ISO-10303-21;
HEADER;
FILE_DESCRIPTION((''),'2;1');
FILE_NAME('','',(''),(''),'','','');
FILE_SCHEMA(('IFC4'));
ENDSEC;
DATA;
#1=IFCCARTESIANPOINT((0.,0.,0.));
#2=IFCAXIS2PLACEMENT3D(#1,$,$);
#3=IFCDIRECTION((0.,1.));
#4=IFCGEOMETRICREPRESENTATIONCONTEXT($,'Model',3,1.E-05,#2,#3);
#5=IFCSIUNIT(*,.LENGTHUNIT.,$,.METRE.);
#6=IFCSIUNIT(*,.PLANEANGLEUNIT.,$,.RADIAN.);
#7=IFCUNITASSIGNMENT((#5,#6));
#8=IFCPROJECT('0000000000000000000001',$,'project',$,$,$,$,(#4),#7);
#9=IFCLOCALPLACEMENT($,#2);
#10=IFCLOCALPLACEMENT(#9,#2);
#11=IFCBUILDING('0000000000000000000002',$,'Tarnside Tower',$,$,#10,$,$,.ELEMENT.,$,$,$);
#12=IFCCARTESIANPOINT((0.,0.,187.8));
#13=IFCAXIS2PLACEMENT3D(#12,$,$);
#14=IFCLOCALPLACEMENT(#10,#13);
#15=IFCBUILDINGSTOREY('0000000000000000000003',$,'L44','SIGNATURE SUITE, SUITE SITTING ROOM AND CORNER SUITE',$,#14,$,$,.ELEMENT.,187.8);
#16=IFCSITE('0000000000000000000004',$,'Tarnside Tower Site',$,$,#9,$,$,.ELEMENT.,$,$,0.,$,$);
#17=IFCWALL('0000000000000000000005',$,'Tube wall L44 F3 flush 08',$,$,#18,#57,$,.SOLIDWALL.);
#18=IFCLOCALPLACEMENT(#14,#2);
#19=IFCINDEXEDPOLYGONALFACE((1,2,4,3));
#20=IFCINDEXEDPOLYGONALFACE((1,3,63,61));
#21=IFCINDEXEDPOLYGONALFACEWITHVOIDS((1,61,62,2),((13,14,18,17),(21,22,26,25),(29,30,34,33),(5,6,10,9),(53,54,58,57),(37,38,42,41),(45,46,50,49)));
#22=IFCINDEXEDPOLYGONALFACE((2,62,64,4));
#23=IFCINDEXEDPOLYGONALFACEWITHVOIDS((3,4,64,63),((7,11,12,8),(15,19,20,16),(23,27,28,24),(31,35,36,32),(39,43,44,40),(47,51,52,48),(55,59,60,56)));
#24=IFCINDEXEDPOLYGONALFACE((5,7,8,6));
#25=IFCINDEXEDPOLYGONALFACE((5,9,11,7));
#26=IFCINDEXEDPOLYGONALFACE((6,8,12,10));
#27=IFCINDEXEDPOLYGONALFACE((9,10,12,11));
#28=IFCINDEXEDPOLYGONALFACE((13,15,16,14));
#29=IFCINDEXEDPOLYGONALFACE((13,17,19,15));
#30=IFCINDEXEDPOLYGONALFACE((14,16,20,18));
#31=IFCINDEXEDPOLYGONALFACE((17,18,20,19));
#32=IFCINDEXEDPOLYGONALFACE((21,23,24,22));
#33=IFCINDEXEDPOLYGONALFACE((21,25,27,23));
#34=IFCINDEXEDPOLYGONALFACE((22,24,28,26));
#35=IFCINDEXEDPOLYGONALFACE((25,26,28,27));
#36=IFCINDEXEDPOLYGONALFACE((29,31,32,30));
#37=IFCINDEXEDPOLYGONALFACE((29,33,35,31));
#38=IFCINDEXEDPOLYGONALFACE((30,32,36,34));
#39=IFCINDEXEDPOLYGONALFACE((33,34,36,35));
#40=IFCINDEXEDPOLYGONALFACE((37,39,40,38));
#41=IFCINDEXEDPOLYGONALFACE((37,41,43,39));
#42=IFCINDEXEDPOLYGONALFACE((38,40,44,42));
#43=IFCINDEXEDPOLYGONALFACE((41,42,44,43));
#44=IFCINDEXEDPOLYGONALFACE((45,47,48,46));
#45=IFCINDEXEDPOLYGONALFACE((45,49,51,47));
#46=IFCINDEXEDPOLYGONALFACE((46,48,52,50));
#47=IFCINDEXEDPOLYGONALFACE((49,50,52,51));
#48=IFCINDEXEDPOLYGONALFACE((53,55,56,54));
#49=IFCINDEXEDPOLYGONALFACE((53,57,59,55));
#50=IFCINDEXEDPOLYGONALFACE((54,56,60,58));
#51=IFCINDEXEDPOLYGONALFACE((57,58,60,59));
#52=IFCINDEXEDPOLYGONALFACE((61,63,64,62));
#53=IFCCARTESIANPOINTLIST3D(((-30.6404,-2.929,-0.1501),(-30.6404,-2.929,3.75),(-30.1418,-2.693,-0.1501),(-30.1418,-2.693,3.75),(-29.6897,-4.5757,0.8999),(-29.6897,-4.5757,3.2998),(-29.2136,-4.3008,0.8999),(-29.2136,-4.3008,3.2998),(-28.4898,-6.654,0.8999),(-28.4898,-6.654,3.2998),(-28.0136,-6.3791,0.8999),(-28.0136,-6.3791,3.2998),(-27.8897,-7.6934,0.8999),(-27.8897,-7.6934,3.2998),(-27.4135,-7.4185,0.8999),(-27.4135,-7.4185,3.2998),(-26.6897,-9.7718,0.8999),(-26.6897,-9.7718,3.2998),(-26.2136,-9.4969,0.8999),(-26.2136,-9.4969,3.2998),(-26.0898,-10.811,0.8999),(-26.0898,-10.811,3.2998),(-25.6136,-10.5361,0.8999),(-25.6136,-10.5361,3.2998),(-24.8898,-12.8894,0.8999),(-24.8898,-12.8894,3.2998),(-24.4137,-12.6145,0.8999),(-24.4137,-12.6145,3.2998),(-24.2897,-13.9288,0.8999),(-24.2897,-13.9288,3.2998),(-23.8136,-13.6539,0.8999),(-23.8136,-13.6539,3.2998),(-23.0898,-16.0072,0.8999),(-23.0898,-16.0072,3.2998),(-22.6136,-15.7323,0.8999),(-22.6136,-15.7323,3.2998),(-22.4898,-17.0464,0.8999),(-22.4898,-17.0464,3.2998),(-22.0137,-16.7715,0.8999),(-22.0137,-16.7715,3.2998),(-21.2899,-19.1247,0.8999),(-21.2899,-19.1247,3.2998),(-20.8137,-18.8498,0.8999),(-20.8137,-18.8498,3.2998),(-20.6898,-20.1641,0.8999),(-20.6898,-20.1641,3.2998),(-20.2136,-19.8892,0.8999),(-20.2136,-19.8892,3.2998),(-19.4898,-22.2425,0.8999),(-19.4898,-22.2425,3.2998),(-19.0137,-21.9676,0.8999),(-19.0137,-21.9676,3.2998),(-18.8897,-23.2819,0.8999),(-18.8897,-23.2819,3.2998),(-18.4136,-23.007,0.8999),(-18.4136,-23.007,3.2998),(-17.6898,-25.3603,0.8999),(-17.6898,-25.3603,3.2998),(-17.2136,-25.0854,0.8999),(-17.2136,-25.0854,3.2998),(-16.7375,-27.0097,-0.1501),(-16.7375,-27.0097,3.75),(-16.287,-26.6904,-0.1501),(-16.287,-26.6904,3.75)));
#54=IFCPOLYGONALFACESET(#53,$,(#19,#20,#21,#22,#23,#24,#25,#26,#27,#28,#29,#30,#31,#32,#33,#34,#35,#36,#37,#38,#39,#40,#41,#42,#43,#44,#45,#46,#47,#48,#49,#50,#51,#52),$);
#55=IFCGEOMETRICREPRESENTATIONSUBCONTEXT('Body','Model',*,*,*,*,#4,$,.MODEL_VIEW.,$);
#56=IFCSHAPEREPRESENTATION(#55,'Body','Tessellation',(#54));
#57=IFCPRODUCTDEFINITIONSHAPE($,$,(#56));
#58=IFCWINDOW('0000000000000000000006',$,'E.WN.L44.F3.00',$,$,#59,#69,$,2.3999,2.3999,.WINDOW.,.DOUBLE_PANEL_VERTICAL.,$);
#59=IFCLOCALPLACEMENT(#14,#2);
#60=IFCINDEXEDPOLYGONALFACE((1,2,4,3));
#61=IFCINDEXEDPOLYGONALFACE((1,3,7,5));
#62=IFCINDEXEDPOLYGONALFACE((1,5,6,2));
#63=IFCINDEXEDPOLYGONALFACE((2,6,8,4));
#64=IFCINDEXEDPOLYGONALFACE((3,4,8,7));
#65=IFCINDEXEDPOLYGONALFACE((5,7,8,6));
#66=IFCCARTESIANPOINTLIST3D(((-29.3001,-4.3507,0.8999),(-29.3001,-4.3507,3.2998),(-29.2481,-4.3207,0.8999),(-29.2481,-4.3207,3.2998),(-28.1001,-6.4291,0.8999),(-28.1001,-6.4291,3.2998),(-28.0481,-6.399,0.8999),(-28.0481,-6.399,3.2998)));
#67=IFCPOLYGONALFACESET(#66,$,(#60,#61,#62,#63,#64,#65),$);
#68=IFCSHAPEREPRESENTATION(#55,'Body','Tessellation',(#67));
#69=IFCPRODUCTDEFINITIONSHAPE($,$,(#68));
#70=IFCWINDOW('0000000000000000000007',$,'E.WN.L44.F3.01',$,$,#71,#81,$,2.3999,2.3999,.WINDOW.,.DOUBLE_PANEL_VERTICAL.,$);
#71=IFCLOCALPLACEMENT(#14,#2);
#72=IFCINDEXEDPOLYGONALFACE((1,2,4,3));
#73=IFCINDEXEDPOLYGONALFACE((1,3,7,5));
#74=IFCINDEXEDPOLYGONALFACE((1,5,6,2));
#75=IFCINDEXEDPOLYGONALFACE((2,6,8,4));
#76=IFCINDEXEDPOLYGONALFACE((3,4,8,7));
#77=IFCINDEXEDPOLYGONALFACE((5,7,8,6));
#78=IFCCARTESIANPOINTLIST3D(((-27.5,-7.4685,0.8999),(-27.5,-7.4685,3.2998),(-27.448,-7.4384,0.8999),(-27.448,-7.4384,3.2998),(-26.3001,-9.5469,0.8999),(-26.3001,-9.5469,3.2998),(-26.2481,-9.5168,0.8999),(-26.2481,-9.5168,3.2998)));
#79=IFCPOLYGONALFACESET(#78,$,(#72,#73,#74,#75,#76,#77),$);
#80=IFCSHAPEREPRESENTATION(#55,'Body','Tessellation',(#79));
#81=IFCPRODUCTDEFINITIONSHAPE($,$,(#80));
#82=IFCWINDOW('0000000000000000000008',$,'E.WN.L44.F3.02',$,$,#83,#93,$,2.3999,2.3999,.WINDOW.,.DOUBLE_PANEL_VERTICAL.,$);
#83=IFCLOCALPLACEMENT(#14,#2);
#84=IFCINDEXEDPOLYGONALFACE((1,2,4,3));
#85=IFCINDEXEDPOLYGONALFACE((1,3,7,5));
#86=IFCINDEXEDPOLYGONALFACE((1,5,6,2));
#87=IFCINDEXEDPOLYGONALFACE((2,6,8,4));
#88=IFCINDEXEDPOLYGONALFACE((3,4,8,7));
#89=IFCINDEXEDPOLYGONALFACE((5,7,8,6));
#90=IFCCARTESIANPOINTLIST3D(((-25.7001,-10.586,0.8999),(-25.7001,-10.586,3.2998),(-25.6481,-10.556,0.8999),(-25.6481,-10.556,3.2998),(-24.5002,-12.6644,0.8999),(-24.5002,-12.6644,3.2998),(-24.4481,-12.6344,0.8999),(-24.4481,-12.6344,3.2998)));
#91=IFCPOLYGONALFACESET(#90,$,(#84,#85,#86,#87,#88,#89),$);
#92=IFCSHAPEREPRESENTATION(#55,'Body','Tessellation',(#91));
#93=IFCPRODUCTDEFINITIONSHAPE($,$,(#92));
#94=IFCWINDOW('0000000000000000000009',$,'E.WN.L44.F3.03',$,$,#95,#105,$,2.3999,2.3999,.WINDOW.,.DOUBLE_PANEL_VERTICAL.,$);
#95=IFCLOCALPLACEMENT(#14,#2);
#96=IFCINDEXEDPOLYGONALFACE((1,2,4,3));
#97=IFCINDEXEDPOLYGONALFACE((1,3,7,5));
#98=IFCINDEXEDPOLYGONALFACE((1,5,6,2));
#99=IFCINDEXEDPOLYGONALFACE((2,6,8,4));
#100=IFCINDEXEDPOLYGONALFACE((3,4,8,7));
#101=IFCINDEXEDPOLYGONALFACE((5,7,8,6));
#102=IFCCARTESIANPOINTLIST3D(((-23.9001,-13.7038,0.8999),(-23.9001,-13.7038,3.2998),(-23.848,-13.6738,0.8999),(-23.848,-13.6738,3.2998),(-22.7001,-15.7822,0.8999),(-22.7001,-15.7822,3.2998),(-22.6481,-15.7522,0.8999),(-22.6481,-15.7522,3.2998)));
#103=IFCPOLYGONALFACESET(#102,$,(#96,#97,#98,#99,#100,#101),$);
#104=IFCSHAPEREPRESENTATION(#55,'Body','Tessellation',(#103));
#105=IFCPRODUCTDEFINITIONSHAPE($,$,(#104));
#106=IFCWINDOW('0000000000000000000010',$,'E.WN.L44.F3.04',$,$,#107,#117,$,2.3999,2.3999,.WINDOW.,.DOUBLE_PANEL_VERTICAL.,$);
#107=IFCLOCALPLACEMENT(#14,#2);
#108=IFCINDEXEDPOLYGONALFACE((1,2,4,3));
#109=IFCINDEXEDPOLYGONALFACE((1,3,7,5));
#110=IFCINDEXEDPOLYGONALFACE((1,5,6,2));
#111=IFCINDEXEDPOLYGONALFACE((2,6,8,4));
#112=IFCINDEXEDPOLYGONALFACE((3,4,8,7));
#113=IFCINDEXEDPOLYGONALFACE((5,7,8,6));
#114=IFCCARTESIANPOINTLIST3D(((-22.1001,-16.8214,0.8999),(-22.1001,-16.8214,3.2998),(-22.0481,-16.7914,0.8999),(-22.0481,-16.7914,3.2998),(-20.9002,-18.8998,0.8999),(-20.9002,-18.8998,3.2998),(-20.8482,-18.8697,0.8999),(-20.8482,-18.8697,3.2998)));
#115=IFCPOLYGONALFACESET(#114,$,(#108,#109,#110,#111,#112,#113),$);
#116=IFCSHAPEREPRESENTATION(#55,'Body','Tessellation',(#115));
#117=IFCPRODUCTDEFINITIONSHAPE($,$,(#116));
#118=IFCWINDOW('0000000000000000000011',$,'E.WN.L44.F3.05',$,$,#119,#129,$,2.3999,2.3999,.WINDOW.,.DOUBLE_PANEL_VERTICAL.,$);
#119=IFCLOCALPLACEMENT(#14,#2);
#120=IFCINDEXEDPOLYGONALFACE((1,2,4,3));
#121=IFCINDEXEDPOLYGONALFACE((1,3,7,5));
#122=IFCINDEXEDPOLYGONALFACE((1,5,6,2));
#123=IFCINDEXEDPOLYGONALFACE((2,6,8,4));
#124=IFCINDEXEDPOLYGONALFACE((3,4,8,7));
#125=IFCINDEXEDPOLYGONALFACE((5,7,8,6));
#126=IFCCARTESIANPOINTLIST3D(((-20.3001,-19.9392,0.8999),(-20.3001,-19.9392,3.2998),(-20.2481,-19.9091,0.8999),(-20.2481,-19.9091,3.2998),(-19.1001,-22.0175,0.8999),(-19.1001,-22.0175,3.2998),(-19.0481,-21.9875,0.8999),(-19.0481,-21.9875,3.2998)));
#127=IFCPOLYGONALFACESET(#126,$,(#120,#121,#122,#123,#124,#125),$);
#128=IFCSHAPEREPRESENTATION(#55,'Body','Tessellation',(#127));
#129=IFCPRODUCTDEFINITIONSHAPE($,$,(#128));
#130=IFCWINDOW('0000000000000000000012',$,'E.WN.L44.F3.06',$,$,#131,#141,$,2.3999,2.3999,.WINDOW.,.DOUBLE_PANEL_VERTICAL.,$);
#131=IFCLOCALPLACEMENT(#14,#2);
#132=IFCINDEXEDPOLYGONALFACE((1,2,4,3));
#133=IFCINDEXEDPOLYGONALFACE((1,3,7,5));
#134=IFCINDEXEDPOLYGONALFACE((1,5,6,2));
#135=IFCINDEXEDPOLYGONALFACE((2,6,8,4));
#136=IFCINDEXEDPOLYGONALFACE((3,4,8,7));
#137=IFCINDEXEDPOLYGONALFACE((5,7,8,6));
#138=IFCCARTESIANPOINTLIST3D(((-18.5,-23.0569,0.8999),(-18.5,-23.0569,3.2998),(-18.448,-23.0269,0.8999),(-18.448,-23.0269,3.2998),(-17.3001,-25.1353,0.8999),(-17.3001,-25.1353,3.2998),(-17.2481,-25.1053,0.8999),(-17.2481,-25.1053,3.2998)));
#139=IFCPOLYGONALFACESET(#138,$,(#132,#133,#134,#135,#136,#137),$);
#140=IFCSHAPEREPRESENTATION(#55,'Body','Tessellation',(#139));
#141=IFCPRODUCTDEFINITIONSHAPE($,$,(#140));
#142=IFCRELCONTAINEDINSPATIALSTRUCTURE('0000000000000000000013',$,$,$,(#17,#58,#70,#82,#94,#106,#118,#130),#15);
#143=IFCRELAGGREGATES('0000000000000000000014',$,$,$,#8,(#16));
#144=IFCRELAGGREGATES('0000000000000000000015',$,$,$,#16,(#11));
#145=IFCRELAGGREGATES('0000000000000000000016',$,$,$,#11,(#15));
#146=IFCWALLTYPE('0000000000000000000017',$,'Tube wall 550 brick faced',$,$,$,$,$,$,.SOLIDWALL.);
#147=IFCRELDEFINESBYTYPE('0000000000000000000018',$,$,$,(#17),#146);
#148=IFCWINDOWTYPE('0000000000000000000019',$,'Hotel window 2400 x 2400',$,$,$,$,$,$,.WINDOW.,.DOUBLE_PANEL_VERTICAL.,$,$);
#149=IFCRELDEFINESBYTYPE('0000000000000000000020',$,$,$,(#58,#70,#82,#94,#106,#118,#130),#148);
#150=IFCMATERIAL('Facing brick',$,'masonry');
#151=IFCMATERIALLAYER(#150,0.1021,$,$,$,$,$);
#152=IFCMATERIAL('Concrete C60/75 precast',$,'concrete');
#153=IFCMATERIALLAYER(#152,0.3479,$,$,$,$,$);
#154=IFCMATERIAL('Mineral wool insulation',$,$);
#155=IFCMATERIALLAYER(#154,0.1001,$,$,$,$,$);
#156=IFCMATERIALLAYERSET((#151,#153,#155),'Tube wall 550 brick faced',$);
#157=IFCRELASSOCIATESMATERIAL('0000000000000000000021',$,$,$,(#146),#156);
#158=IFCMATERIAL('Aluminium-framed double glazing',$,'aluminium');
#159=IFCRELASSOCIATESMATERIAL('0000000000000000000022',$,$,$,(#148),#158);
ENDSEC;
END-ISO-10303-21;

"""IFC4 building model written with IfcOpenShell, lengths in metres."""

from ifc_helpers import new_model, si_unit, direction, frame, frame_2d, origin, place, context, subcontext, project, spatial, polyline, rectangle, outline, extrude, material, layer, layer_set, type_object, element, fill, save


model = new_model("IFC4")

# Units and contexts
model_context = context("Model", 3, precision=1e-05, world=origin(), true_north=direction((0.0, 1.0)))
body_context = subcontext(model_context, "Body", "Model", "MODEL_VIEW")
ifc_project = project(units=[si_unit("LENGTHUNIT", "METRE"), si_unit("PLANEANGLEUNIT", "RADIAN")], contexts=[model_context])

# Site, building, storey
site_placement = place(None, origin())
site = spatial("IfcSite", under=ifc_project, at=site_placement, Name="Tarnside Tower Site", CompositionType="ELEMENT", RefElevation=0.0)
building_placement = place(site_placement, origin())
building = spatial("IfcBuilding", under=site, at=building_placement, Name="Tarnside Tower", CompositionType="ELEMENT")
storey_placement = place(building_placement, frame((0.0, 0.0, 187.8)))
storey = spatial("IfcBuildingStorey", under=building, at=storey_placement, Name="L44", Description="SIGNATURE SUITE, SUITE SITTING ROOM AND CORNER SUITE", CompositionType="ELEMENT", Elevation=187.8)

# Shared definitions
ifc_material_1 = material(Name="Facing brick", Category="masonry")
ifc_layer_1 = layer(ifc_material_1, 0.1021)
ifc_material_2 = material(Name="Concrete C60/75 precast", Category="concrete")
ifc_layer_2 = layer(ifc_material_2, 0.3479)
ifc_material_3 = material(Name="Mineral wool insulation")
ifc_layer_3 = layer(ifc_material_3, 0.1001)
ifc_layer_set_1 = layer_set([ifc_layer_1, ifc_layer_2, ifc_layer_3], Name="Tube wall 550 brick faced")
wall_type_1 = type_object("IfcWallType", Name="Tube wall 550 brick faced", PredefinedType="SOLIDWALL", material=ifc_layer_set_1)

# Wall, openings, windows
wall_1_placement = place(storey_placement, frame((-30.3911, -2.811, -0.1501), z_axis=(0.0, 0.0, 1.0), x_axis=(0.499999, -0.866026, 0.0)))
wall_1 = element("IfcWall", 1, at=wall_1_placement, inside=storey, type_object=wall_type_1, Name="Tube wall L44 F3 flush 08", PredefinedType="SOLIDWALL", context=body_context, shape_type="SweptSolid", body=[
    extrude(outline(polyline([(-0.0225, -0.2749), (27.7834, -0.2749), (27.7322, 0.2749), (0.0225, 0.2749), (-0.0225, -0.2749)])), origin(), (0.0, 0.0, 1.0), 3.9001),
])
opening_1_placement = place(wall_1_placement, frame((1.8789, 0.0, 1.05)))
opening_1 = element("IfcOpeningElement", 2, at=opening_1_placement, cuts=wall_1, PredefinedType="OPENING", context=body_context, shape_type="SweptSolid", body=[
    extrude(rectangle(XDim=2.3999, YDim=2.3999, at=frame_2d((1.2, 1.2))), frame((0.0, 0.2852, 0.0), z_axis=(0.0, -1.0, 0.0), x_axis=(1.0, 0.0, 0.0)), (0.0, 0.0, 1.0), 0.5701),
])
opening_2_placement = place(wall_1_placement, frame((5.479, 0.0, 1.05)))
opening_2 = element("IfcOpeningElement", 3, at=opening_2_placement, cuts=wall_1, PredefinedType="OPENING", context=body_context, shape_type="SweptSolid", body=[
    extrude(rectangle(XDim=2.3999, YDim=2.3999, at=frame_2d((1.2, 1.2))), frame((0.0, 0.2852, 0.0), z_axis=(0.0, -1.0, 0.0), x_axis=(1.0, 0.0, 0.0)), (0.0, 0.0, 1.0), 0.5701),
])
opening_3_placement = place(wall_1_placement, frame((9.0789, 0.0, 1.05)))
opening_3 = element("IfcOpeningElement", 4, at=opening_3_placement, cuts=wall_1, PredefinedType="OPENING", context=body_context, shape_type="SweptSolid", body=[
    extrude(rectangle(XDim=2.3999, YDim=2.3999, at=frame_2d((1.2, 1.2))), frame((0.0, 0.2852, 0.0), z_axis=(0.0, -1.0, 0.0), x_axis=(1.0, 0.0, 0.0)), (0.0, 0.0, 1.0), 0.5701),
])
opening_4_placement = place(wall_1_placement, frame((12.679, 0.0, 1.05)))
opening_4 = element("IfcOpeningElement", 5, at=opening_4_placement, cuts=wall_1, PredefinedType="OPENING", context=body_context, shape_type="SweptSolid", body=[
    extrude(rectangle(XDim=2.3999, YDim=2.3999, at=frame_2d((1.2, 1.2))), frame((0.0, 0.2852, 0.0), z_axis=(0.0, -1.0, 0.0), x_axis=(1.0, 0.0, 0.0)), (0.0, 0.0, 1.0), 0.5701),
])
opening_5_placement = place(wall_1_placement, frame((16.2788, 0.0, 1.05)))
opening_5 = element("IfcOpeningElement", 6, at=opening_5_placement, cuts=wall_1, PredefinedType="OPENING", context=body_context, shape_type="SweptSolid", body=[
    extrude(rectangle(XDim=2.3999, YDim=2.3999, at=frame_2d((1.2, 1.2))), frame((0.0, 0.2852, 0.0), z_axis=(0.0, -1.0, 0.0), x_axis=(1.0, 0.0, 0.0)), (0.0, 0.0, 1.0), 0.5701),
])
opening_6_placement = place(wall_1_placement, frame((19.8789, 0.0, 1.05)))
opening_6 = element("IfcOpeningElement", 7, at=opening_6_placement, cuts=wall_1, PredefinedType="OPENING", context=body_context, shape_type="SweptSolid", body=[
    extrude(rectangle(XDim=2.3999, YDim=2.3999, at=frame_2d((1.2, 1.2))), frame((0.0, 0.2852, 0.0), z_axis=(0.0, -1.0, 0.0), x_axis=(1.0, 0.0, 0.0)), (0.0, 0.0, 1.0), 0.5701),
])
opening_7_placement = place(wall_1_placement, frame((23.479, 0.0, 1.05)))
opening_7 = element("IfcOpeningElement", 8, at=opening_7_placement, cuts=wall_1, PredefinedType="OPENING", context=body_context, shape_type="SweptSolid", body=[
    extrude(rectangle(XDim=2.3999, YDim=2.3999, at=frame_2d((1.2, 1.2))), frame((0.0, 0.2852, 0.0), z_axis=(0.0, -1.0, 0.0), x_axis=(1.0, 0.0, 0.0)), (0.0, 0.0, 1.0), 0.5701),
])
ifc_material_4 = material(Name="Aluminium-framed double glazing", Category="aluminium")
window_type = type_object("IfcWindowType", Name="Hotel window 2400 x 2400", PartitioningType="DOUBLE_PANEL_VERTICAL", PredefinedType="WINDOW", material=ifc_material_4)
window_1_placement = place(opening_1_placement, frame((0.0, 0.2051, 0.0)))
window_1 = element("IfcWindow", 9, at=window_1_placement, inside=storey, type_object=window_type, Name="E.WN.L44.F3.00", OverallHeight=2.3999, OverallWidth=2.3999, PartitioningType="DOUBLE_PANEL_VERTICAL", PredefinedType="WINDOW", context=body_context, shape_type="SweptSolid", body=[
    extrude(rectangle(XDim=2.3999, YDim=2.3999, at=frame_2d((1.2, 1.2))), frame((0.0, 0.03, 0.0), z_axis=(0.0, -1.0, 0.0), x_axis=(1.0, 0.0, 0.0)), (0.0, 0.0, 1.0), 0.0601),
])
fill(opening_1, window_1)
window_2_placement = place(opening_2_placement, frame((0.0, 0.2051, 0.0)))
window_2 = element("IfcWindow", 10, at=window_2_placement, inside=storey, type_object=window_type, Name="E.WN.L44.F3.01", OverallHeight=2.3999, OverallWidth=2.3999, PartitioningType="DOUBLE_PANEL_VERTICAL", PredefinedType="WINDOW", context=body_context, shape_type="SweptSolid", body=[
    extrude(rectangle(XDim=2.3999, YDim=2.3999, at=frame_2d((1.2, 1.2))), frame((0.0, 0.03, 0.0), z_axis=(0.0, -1.0, 0.0), x_axis=(1.0, 0.0, 0.0)), (0.0, 0.0, 1.0), 0.0601),
])
fill(opening_2, window_2)
window_3_placement = place(opening_3_placement, frame((0.0, 0.2051, 0.0)))
window_3 = element("IfcWindow", 11, at=window_3_placement, inside=storey, type_object=window_type, Name="E.WN.L44.F3.02", OverallHeight=2.3999, OverallWidth=2.3999, PartitioningType="DOUBLE_PANEL_VERTICAL", PredefinedType="WINDOW", context=body_context, shape_type="SweptSolid", body=[
    extrude(rectangle(XDim=2.3999, YDim=2.3999, at=frame_2d((1.2, 1.2))), frame((0.0, 0.03, 0.0), z_axis=(0.0, -1.0, 0.0), x_axis=(1.0, 0.0, 0.0)), (0.0, 0.0, 1.0), 0.0601),
])
fill(opening_3, window_3)
window_4_placement = place(opening_4_placement, frame((0.0, 0.2051, 0.0)))
window_4 = element("IfcWindow", 12, at=window_4_placement, inside=storey, type_object=window_type, Name="E.WN.L44.F3.03", OverallHeight=2.3999, OverallWidth=2.3999, PartitioningType="DOUBLE_PANEL_VERTICAL", PredefinedType="WINDOW", context=body_context, shape_type="SweptSolid", body=[
    extrude(rectangle(XDim=2.3999, YDim=2.3999, at=frame_2d((1.2, 1.2))), frame((0.0, 0.03, 0.0), z_axis=(0.0, -1.0, 0.0), x_axis=(1.0, 0.0, 0.0)), (0.0, 0.0, 1.0), 0.0601),
])
fill(opening_4, window_4)
window_5_placement = place(opening_5_placement, frame((0.0, 0.2051, 0.0)))
window_5 = element("IfcWindow", 13, at=window_5_placement, inside=storey, type_object=window_type, Name="E.WN.L44.F3.04", OverallHeight=2.3999, OverallWidth=2.3999, PartitioningType="DOUBLE_PANEL_VERTICAL", PredefinedType="WINDOW", context=body_context, shape_type="SweptSolid", body=[
    extrude(rectangle(XDim=2.3999, YDim=2.3999, at=frame_2d((1.2, 1.2))), frame((0.0, 0.03, 0.0), z_axis=(0.0, -1.0, 0.0), x_axis=(1.0, 0.0, 0.0)), (0.0, 0.0, 1.0), 0.0601),
])
fill(opening_5, window_5)
window_6_placement = place(opening_6_placement, frame((0.0, 0.2051, 0.0)))
window_6 = element("IfcWindow", 14, at=window_6_placement, inside=storey, type_object=window_type, Name="E.WN.L44.F3.05", OverallHeight=2.3999, OverallWidth=2.3999, PartitioningType="DOUBLE_PANEL_VERTICAL", PredefinedType="WINDOW", context=body_context, shape_type="SweptSolid", body=[
    extrude(rectangle(XDim=2.3999, YDim=2.3999, at=frame_2d((1.2, 1.2))), frame((0.0, 0.03, 0.0), z_axis=(0.0, -1.0, 0.0), x_axis=(1.0, 0.0, 0.0)), (0.0, 0.0, 1.0), 0.0601),
])
fill(opening_6, window_6)
window_7_placement = place(opening_7_placement, frame((0.0, 0.2051, 0.0)))
window_7 = element("IfcWindow", 15, at=window_7_placement, inside=storey, type_object=window_type, Name="E.WN.L44.F3.06", OverallHeight=2.3999, OverallWidth=2.3999, PartitioningType="DOUBLE_PANEL_VERTICAL", PredefinedType="WINDOW", context=body_context, shape_type="SweptSolid", body=[
    extrude(rectangle(XDim=2.3999, YDim=2.3999, at=frame_2d((1.2, 1.2))), frame((0.0, 0.03, 0.0), z_axis=(0.0, -1.0, 0.0), x_axis=(1.0, 0.0, 0.0)), (0.0, 0.0, 1.0), 0.0601),
])
fill(opening_7, window_7)

save(model, "model.ifc")
